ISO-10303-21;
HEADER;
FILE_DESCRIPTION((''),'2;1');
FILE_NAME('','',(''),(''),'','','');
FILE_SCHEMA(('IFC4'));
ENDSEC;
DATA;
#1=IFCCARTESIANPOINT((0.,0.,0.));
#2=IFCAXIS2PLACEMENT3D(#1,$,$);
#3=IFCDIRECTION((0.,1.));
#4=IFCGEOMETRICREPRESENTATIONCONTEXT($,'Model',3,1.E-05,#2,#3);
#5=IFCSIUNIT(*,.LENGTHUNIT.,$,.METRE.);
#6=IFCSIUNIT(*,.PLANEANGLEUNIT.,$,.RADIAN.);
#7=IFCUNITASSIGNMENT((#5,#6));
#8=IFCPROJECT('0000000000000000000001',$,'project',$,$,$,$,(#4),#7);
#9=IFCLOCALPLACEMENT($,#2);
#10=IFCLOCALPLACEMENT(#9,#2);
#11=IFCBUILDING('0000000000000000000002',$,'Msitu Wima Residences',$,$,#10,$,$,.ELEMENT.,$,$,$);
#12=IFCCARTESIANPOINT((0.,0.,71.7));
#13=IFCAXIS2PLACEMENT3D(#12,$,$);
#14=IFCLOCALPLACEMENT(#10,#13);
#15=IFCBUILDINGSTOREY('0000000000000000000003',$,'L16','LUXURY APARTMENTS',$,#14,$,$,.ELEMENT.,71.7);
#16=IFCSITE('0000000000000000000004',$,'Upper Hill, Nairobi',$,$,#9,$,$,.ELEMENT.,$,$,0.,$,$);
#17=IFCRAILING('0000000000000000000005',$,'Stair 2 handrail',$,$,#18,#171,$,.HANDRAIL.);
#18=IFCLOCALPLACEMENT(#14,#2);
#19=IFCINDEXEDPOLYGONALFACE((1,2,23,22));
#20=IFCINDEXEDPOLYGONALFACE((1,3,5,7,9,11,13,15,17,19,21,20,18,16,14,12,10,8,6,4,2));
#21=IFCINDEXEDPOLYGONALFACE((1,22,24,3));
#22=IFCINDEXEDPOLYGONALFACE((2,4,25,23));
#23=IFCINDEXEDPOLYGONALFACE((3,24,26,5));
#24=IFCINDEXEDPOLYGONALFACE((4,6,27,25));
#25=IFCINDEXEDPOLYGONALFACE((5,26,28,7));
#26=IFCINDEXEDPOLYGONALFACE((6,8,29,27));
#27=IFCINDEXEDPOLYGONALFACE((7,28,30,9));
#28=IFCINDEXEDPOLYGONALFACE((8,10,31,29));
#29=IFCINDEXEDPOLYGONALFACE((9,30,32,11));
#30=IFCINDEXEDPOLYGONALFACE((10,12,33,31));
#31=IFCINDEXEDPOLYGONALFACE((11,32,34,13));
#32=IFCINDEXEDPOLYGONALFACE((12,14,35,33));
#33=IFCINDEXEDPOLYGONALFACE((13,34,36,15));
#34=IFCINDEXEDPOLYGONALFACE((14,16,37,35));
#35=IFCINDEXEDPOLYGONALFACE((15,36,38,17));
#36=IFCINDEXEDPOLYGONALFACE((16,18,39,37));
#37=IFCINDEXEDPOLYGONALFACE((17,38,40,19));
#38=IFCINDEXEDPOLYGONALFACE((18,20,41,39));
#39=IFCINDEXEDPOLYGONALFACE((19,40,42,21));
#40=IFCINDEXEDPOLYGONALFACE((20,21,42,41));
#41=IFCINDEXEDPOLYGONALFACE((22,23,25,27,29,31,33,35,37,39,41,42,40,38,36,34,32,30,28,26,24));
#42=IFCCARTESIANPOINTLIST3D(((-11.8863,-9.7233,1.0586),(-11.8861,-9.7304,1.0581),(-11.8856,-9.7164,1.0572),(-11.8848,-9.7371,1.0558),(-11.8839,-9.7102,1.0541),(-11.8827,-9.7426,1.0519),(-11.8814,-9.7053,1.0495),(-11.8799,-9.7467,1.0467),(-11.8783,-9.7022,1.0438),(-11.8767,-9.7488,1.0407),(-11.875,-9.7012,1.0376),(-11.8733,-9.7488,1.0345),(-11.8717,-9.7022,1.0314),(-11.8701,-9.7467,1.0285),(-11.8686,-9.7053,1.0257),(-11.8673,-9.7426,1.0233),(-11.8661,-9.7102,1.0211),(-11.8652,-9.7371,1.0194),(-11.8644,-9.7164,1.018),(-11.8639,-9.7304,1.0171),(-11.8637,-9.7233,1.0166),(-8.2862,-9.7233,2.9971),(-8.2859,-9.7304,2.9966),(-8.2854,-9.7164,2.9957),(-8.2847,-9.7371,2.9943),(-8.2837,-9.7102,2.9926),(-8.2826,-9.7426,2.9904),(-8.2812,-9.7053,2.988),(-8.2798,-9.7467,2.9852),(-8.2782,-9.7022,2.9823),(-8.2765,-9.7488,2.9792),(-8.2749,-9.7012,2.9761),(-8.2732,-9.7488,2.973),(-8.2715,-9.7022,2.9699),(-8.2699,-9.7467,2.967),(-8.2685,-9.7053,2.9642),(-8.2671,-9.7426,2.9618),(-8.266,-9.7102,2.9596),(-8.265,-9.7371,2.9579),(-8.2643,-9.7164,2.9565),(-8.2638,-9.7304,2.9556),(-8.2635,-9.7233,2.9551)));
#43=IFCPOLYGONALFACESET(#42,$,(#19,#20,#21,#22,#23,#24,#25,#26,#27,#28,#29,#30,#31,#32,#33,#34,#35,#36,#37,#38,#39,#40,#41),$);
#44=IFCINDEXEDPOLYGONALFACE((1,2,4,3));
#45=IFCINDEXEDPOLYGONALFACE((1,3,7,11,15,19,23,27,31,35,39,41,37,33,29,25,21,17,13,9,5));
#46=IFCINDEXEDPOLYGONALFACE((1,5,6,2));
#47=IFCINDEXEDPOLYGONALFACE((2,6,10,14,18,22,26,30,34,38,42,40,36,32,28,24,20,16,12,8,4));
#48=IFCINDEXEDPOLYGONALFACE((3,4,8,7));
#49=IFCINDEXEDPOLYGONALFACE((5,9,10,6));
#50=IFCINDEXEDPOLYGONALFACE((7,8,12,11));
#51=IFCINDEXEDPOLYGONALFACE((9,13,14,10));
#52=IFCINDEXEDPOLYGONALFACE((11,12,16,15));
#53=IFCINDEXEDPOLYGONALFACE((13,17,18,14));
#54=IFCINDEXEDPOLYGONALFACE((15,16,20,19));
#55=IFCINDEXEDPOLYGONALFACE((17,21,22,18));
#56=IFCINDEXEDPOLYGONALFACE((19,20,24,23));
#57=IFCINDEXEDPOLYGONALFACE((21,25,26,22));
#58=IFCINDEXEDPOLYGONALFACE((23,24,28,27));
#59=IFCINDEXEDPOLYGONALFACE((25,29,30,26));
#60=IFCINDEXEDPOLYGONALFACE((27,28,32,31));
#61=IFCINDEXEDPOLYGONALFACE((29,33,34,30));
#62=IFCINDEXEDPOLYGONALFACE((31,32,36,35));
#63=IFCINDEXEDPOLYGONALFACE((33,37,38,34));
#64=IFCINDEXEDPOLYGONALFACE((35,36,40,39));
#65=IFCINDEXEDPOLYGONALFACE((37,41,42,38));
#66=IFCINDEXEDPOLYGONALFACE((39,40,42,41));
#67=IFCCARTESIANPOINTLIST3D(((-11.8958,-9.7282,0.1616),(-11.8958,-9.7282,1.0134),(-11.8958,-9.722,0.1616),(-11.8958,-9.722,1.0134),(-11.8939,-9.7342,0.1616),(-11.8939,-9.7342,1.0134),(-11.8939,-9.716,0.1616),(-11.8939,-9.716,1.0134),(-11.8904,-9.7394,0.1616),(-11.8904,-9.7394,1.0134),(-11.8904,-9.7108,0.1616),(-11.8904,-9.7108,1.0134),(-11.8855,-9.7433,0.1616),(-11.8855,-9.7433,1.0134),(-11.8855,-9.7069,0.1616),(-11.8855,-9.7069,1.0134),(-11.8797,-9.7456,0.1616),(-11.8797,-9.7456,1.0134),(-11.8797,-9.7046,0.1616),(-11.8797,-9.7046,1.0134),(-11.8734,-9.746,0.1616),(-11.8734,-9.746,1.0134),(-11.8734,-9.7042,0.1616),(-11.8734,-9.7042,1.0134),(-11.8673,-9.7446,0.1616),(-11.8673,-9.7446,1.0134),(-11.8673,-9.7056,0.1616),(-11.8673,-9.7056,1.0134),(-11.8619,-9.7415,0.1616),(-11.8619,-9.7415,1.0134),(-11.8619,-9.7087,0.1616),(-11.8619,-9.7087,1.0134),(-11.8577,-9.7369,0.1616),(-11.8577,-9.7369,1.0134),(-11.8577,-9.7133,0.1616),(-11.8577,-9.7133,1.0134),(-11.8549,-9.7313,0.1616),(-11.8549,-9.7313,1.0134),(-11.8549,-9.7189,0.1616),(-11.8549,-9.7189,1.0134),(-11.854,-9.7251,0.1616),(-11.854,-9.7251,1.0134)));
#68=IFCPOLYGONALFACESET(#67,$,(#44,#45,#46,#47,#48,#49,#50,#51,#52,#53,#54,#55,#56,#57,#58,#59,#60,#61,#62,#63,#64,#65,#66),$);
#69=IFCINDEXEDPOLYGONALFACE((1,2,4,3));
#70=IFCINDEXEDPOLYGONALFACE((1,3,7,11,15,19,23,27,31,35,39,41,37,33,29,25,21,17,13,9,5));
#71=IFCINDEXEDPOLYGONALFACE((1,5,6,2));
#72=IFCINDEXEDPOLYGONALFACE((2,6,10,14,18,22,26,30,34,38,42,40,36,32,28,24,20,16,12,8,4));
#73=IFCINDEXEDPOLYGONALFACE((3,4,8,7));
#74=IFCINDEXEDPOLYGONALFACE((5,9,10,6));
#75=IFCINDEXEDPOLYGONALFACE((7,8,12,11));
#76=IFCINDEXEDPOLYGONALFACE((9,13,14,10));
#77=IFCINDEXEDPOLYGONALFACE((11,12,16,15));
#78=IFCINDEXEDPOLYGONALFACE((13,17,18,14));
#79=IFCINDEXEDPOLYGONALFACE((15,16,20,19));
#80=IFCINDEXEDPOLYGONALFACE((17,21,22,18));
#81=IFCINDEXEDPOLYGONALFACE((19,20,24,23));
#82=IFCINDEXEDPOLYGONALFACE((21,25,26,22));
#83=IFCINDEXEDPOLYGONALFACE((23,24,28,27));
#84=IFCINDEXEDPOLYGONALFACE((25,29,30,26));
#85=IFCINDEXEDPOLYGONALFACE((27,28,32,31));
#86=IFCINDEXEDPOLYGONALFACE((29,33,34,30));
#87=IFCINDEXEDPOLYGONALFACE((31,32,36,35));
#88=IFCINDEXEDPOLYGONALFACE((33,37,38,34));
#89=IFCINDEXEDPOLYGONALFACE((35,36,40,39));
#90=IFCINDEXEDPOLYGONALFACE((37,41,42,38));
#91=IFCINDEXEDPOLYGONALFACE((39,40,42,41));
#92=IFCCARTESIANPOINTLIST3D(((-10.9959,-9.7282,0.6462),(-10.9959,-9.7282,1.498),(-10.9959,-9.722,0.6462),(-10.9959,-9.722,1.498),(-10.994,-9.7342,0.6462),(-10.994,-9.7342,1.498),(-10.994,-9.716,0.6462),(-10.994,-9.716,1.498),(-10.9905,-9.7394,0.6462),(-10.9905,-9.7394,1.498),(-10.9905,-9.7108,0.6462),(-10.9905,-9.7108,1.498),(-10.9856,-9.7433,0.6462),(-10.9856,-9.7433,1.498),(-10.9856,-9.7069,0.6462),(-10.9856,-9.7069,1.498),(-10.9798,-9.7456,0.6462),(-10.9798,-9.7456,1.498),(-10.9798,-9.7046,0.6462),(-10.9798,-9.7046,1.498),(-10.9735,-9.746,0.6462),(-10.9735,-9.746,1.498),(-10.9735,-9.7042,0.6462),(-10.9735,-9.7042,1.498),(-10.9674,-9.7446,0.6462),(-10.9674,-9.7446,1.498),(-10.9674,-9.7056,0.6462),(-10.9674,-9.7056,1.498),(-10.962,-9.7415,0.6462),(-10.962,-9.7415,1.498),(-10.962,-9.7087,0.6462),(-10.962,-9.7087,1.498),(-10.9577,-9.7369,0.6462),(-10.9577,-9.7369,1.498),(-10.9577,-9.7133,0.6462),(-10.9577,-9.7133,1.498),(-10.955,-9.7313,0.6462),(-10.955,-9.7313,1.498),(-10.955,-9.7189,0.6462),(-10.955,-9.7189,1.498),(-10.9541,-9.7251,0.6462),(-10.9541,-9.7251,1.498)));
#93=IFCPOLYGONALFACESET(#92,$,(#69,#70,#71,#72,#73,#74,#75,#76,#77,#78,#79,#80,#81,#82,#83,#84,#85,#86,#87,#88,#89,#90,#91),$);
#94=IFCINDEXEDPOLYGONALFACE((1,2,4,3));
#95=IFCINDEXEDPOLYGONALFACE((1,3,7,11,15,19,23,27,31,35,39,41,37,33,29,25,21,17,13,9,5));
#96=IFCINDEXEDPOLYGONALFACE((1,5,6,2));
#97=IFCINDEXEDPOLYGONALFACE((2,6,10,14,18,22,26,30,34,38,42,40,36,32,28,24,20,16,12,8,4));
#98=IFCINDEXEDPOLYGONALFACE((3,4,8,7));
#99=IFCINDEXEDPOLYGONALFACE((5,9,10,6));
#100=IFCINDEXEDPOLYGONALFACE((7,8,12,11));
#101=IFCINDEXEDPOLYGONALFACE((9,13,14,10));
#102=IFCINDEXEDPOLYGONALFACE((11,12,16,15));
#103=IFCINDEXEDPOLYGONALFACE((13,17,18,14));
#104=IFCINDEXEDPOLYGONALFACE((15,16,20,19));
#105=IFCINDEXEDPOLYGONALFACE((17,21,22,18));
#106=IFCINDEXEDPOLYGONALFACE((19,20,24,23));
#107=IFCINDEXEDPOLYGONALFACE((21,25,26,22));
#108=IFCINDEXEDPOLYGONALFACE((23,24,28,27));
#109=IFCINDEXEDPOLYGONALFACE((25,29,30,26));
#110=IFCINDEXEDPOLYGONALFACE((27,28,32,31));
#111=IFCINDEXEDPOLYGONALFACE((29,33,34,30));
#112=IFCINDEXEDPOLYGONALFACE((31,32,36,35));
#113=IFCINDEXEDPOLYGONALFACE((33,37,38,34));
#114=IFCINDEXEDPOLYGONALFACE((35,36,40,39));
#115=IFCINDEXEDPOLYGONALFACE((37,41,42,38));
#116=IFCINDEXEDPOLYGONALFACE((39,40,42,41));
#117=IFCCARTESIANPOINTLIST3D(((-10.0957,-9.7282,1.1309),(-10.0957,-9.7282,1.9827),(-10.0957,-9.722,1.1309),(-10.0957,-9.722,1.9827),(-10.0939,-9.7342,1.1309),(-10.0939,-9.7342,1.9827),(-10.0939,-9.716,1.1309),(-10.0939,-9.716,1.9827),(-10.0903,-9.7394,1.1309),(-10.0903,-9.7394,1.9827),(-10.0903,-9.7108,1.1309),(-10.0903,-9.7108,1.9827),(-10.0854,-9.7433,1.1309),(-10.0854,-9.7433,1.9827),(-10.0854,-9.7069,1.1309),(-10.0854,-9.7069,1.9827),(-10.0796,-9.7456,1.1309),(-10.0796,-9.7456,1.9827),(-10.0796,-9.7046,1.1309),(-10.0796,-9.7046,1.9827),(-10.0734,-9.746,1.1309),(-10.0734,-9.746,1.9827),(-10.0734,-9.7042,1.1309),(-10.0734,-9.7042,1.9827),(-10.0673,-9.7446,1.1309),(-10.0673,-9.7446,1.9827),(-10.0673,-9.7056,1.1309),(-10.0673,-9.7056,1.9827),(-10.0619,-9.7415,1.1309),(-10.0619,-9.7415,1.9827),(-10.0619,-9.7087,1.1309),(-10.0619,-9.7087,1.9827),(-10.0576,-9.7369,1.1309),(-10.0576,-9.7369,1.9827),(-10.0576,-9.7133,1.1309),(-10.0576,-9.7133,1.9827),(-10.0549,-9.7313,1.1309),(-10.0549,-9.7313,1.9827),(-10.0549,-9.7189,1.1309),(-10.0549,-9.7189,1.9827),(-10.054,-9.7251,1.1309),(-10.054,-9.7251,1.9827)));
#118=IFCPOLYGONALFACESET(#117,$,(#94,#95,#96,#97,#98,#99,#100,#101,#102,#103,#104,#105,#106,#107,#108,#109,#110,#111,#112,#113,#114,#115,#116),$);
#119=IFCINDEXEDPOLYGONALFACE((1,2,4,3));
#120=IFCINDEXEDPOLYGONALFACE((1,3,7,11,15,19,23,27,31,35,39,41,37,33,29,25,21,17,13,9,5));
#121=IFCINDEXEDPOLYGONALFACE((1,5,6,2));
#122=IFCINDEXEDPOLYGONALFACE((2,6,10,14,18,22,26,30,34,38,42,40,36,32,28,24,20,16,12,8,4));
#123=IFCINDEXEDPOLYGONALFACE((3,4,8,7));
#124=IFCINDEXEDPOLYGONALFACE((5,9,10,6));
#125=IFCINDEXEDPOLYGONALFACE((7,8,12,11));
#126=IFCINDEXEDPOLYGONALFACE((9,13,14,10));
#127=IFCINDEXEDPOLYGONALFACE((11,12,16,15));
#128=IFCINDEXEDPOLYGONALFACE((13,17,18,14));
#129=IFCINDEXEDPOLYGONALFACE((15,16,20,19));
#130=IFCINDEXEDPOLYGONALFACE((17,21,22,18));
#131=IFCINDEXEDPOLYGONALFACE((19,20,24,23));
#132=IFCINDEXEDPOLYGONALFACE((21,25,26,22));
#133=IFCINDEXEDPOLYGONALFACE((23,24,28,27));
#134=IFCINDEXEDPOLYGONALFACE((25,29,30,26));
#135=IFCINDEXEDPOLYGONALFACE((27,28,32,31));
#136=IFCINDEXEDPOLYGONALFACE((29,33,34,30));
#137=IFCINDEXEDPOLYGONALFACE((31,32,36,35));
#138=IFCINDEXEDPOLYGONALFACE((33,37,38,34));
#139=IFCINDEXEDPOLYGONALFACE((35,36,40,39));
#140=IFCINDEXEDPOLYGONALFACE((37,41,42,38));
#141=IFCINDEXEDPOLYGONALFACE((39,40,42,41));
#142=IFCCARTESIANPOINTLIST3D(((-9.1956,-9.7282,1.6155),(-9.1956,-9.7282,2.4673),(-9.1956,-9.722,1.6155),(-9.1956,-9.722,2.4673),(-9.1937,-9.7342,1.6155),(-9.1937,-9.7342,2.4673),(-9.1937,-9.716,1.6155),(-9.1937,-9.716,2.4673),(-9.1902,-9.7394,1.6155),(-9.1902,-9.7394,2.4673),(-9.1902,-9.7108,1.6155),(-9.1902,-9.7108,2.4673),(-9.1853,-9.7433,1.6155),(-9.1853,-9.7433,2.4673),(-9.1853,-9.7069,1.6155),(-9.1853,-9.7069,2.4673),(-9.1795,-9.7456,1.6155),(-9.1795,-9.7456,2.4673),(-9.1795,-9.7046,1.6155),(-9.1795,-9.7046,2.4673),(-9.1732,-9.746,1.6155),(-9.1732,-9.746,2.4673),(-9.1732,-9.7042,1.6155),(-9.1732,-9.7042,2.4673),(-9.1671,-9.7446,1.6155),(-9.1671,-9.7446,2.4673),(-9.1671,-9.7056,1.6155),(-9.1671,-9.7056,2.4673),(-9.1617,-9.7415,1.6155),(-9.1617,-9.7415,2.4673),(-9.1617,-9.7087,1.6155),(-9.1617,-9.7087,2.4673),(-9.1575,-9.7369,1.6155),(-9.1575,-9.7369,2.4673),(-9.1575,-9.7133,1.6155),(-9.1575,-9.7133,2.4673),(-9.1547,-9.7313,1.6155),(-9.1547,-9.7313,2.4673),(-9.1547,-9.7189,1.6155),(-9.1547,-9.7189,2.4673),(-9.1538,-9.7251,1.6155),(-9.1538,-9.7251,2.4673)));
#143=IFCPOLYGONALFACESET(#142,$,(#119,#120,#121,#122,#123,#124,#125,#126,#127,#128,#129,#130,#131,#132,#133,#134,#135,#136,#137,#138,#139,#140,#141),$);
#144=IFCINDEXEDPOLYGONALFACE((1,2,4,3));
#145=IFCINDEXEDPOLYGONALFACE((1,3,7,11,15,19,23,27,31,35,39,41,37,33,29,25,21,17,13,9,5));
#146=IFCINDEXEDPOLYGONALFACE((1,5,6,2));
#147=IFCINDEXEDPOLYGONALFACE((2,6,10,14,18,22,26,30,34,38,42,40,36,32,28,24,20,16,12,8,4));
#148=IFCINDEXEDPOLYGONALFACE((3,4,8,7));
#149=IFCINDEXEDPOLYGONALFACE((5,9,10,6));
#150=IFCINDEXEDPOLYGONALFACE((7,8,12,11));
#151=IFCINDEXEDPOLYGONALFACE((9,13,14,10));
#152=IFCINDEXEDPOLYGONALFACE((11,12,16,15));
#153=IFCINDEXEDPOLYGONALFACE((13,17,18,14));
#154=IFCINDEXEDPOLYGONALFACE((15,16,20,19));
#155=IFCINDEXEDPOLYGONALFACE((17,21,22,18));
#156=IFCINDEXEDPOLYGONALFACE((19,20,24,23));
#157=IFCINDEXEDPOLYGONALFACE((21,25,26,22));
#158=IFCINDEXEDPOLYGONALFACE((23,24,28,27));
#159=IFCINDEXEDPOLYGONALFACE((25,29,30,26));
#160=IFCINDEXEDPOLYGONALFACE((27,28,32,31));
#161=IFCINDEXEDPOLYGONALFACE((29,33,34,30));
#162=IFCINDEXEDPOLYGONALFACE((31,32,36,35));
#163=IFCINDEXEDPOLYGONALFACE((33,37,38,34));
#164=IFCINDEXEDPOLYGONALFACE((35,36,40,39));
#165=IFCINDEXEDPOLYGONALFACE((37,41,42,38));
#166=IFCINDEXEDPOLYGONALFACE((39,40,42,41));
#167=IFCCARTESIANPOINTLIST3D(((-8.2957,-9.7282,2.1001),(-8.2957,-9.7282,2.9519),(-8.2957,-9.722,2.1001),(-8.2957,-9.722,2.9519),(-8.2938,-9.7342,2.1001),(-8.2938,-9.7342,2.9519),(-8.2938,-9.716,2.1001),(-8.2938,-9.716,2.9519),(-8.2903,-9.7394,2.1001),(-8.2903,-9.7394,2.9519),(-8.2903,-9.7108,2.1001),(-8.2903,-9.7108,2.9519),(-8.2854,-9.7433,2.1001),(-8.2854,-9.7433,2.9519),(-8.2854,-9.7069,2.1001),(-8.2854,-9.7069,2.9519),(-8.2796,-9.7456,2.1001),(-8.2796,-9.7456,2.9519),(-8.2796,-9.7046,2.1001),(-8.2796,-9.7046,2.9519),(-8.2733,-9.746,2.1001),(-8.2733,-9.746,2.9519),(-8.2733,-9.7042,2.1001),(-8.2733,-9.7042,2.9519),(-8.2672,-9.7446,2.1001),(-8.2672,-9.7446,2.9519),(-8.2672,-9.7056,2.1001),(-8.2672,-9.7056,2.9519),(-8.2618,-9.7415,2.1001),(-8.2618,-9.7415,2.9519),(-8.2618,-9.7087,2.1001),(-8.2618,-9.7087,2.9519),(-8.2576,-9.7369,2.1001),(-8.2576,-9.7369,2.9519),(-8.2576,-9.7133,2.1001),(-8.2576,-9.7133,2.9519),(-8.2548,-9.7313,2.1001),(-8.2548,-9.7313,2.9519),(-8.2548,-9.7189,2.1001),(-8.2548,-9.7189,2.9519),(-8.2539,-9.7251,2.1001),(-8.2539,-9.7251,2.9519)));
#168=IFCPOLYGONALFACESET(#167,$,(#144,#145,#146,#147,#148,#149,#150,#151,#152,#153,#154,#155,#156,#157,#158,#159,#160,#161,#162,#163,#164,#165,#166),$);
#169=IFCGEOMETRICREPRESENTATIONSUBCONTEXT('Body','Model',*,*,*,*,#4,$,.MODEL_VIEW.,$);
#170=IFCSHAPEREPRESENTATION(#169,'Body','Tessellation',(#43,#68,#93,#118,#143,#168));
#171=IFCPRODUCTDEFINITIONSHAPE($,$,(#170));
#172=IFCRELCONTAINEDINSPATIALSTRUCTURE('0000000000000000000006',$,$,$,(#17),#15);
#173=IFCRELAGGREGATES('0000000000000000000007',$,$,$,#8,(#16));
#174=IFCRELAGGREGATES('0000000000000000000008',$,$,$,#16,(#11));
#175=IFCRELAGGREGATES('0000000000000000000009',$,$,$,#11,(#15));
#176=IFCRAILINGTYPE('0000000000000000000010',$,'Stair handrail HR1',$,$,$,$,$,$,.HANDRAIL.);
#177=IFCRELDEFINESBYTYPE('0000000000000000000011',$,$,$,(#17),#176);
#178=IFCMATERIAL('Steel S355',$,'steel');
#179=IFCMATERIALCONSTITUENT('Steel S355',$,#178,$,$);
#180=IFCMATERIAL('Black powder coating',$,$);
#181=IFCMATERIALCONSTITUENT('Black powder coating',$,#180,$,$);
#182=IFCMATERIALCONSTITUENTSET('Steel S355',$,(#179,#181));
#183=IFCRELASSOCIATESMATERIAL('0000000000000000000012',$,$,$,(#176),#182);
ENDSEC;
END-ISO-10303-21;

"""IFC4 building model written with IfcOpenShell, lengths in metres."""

from ifc_helpers import new_model, si_unit, direction, frame, origin, origin_2d, place, context, subcontext, project, spatial, circle, extrude, material, constituent, constituent_set, type_object, element, save


model = new_model("IFC4")

# Units and contexts
model_context = context("Model", 3, precision=1e-05, world=origin(), true_north=direction((0.0, 1.0)))
body_context = subcontext(model_context, "Body", "Model", "MODEL_VIEW")
ifc_project = project(units=[si_unit("LENGTHUNIT", "METRE"), si_unit("PLANEANGLEUNIT", "RADIAN")], contexts=[model_context])

# Site, building, storey
site_placement = place(None, origin())
site = spatial("IfcSite", under=ifc_project, at=site_placement, Name="Upper Hill, Nairobi", CompositionType="ELEMENT", RefElevation=0.0)
building_placement = place(site_placement, origin())
building = spatial("IfcBuilding", under=site, at=building_placement, Name="Msitu Wima Residences", CompositionType="ELEMENT")
storey_placement = place(building_placement, frame((0.0, 0.0, 71.7)))
storey = spatial("IfcBuildingStorey", under=building, at=storey_placement, Name="L16", Description="LUXURY APARTMENTS", CompositionType="ELEMENT", Elevation=71.7)

# Railing
ifc_material_1 = material(Name="Steel S355", Category="steel")
ifc_constituent_1 = constituent(ifc_material_1, Name="Steel S355")
ifc_material_2 = material(Name="Black powder coating")
ifc_constituent_2 = constituent(ifc_material_2, Name="Black powder coating")
ifc_constituent_set = constituent_set(constituents=[ifc_constituent_1, ifc_constituent_2], Name="Steel S355")
railing_type = type_object("IfcRailingType", Name="Stair handrail HR1", PredefinedType="HANDRAIL", material=ifc_constituent_set)
for number, where, name in (
    (1, (-11.875, -9.7251, 0.1616), "Stair 2 handrail"),
):
    element("IfcRailing", number, at=place(storey_placement, frame(where)), inside=storey, type_object=railing_type, Name=name, PredefinedType="HANDRAIL", context=body_context, shape_type="SweptSolid", body=[
        extrude(circle(Radius=0.0239, at=origin_2d()), frame((0.0, 0.0, 0.876), z_axis=(0.880475, 0.0, 0.474093), x_axis=(0.0, 1.0, 0.0)), (0.0, 0.0, 1.0), 4.0889),
        extrude(circle(Radius=0.021, at=origin_2d()), origin(), (0.0, 0.0, 1.0), 0.8518),
        extrude(circle(Radius=0.021, at=origin_2d()), frame((0.8999, 0.0, 0.4846)), (0.0, 0.0, 1.0), 0.8518),
        extrude(circle(Radius=0.021, at=origin_2d()), frame((1.8, 0.0, 0.9692)), (0.0, 0.0, 1.0), 0.8518),
        extrude(circle(Radius=0.021, at=origin_2d()), frame((2.7002, 0.0, 1.4539)), (0.0, 0.0, 1.0), 0.8518),
        extrude(circle(Radius=0.021, at=origin_2d()), frame((3.6001, 0.0, 1.9385)), (0.0, 0.0, 1.0), 0.8518),
    ])

save(model, "model.ifc")
